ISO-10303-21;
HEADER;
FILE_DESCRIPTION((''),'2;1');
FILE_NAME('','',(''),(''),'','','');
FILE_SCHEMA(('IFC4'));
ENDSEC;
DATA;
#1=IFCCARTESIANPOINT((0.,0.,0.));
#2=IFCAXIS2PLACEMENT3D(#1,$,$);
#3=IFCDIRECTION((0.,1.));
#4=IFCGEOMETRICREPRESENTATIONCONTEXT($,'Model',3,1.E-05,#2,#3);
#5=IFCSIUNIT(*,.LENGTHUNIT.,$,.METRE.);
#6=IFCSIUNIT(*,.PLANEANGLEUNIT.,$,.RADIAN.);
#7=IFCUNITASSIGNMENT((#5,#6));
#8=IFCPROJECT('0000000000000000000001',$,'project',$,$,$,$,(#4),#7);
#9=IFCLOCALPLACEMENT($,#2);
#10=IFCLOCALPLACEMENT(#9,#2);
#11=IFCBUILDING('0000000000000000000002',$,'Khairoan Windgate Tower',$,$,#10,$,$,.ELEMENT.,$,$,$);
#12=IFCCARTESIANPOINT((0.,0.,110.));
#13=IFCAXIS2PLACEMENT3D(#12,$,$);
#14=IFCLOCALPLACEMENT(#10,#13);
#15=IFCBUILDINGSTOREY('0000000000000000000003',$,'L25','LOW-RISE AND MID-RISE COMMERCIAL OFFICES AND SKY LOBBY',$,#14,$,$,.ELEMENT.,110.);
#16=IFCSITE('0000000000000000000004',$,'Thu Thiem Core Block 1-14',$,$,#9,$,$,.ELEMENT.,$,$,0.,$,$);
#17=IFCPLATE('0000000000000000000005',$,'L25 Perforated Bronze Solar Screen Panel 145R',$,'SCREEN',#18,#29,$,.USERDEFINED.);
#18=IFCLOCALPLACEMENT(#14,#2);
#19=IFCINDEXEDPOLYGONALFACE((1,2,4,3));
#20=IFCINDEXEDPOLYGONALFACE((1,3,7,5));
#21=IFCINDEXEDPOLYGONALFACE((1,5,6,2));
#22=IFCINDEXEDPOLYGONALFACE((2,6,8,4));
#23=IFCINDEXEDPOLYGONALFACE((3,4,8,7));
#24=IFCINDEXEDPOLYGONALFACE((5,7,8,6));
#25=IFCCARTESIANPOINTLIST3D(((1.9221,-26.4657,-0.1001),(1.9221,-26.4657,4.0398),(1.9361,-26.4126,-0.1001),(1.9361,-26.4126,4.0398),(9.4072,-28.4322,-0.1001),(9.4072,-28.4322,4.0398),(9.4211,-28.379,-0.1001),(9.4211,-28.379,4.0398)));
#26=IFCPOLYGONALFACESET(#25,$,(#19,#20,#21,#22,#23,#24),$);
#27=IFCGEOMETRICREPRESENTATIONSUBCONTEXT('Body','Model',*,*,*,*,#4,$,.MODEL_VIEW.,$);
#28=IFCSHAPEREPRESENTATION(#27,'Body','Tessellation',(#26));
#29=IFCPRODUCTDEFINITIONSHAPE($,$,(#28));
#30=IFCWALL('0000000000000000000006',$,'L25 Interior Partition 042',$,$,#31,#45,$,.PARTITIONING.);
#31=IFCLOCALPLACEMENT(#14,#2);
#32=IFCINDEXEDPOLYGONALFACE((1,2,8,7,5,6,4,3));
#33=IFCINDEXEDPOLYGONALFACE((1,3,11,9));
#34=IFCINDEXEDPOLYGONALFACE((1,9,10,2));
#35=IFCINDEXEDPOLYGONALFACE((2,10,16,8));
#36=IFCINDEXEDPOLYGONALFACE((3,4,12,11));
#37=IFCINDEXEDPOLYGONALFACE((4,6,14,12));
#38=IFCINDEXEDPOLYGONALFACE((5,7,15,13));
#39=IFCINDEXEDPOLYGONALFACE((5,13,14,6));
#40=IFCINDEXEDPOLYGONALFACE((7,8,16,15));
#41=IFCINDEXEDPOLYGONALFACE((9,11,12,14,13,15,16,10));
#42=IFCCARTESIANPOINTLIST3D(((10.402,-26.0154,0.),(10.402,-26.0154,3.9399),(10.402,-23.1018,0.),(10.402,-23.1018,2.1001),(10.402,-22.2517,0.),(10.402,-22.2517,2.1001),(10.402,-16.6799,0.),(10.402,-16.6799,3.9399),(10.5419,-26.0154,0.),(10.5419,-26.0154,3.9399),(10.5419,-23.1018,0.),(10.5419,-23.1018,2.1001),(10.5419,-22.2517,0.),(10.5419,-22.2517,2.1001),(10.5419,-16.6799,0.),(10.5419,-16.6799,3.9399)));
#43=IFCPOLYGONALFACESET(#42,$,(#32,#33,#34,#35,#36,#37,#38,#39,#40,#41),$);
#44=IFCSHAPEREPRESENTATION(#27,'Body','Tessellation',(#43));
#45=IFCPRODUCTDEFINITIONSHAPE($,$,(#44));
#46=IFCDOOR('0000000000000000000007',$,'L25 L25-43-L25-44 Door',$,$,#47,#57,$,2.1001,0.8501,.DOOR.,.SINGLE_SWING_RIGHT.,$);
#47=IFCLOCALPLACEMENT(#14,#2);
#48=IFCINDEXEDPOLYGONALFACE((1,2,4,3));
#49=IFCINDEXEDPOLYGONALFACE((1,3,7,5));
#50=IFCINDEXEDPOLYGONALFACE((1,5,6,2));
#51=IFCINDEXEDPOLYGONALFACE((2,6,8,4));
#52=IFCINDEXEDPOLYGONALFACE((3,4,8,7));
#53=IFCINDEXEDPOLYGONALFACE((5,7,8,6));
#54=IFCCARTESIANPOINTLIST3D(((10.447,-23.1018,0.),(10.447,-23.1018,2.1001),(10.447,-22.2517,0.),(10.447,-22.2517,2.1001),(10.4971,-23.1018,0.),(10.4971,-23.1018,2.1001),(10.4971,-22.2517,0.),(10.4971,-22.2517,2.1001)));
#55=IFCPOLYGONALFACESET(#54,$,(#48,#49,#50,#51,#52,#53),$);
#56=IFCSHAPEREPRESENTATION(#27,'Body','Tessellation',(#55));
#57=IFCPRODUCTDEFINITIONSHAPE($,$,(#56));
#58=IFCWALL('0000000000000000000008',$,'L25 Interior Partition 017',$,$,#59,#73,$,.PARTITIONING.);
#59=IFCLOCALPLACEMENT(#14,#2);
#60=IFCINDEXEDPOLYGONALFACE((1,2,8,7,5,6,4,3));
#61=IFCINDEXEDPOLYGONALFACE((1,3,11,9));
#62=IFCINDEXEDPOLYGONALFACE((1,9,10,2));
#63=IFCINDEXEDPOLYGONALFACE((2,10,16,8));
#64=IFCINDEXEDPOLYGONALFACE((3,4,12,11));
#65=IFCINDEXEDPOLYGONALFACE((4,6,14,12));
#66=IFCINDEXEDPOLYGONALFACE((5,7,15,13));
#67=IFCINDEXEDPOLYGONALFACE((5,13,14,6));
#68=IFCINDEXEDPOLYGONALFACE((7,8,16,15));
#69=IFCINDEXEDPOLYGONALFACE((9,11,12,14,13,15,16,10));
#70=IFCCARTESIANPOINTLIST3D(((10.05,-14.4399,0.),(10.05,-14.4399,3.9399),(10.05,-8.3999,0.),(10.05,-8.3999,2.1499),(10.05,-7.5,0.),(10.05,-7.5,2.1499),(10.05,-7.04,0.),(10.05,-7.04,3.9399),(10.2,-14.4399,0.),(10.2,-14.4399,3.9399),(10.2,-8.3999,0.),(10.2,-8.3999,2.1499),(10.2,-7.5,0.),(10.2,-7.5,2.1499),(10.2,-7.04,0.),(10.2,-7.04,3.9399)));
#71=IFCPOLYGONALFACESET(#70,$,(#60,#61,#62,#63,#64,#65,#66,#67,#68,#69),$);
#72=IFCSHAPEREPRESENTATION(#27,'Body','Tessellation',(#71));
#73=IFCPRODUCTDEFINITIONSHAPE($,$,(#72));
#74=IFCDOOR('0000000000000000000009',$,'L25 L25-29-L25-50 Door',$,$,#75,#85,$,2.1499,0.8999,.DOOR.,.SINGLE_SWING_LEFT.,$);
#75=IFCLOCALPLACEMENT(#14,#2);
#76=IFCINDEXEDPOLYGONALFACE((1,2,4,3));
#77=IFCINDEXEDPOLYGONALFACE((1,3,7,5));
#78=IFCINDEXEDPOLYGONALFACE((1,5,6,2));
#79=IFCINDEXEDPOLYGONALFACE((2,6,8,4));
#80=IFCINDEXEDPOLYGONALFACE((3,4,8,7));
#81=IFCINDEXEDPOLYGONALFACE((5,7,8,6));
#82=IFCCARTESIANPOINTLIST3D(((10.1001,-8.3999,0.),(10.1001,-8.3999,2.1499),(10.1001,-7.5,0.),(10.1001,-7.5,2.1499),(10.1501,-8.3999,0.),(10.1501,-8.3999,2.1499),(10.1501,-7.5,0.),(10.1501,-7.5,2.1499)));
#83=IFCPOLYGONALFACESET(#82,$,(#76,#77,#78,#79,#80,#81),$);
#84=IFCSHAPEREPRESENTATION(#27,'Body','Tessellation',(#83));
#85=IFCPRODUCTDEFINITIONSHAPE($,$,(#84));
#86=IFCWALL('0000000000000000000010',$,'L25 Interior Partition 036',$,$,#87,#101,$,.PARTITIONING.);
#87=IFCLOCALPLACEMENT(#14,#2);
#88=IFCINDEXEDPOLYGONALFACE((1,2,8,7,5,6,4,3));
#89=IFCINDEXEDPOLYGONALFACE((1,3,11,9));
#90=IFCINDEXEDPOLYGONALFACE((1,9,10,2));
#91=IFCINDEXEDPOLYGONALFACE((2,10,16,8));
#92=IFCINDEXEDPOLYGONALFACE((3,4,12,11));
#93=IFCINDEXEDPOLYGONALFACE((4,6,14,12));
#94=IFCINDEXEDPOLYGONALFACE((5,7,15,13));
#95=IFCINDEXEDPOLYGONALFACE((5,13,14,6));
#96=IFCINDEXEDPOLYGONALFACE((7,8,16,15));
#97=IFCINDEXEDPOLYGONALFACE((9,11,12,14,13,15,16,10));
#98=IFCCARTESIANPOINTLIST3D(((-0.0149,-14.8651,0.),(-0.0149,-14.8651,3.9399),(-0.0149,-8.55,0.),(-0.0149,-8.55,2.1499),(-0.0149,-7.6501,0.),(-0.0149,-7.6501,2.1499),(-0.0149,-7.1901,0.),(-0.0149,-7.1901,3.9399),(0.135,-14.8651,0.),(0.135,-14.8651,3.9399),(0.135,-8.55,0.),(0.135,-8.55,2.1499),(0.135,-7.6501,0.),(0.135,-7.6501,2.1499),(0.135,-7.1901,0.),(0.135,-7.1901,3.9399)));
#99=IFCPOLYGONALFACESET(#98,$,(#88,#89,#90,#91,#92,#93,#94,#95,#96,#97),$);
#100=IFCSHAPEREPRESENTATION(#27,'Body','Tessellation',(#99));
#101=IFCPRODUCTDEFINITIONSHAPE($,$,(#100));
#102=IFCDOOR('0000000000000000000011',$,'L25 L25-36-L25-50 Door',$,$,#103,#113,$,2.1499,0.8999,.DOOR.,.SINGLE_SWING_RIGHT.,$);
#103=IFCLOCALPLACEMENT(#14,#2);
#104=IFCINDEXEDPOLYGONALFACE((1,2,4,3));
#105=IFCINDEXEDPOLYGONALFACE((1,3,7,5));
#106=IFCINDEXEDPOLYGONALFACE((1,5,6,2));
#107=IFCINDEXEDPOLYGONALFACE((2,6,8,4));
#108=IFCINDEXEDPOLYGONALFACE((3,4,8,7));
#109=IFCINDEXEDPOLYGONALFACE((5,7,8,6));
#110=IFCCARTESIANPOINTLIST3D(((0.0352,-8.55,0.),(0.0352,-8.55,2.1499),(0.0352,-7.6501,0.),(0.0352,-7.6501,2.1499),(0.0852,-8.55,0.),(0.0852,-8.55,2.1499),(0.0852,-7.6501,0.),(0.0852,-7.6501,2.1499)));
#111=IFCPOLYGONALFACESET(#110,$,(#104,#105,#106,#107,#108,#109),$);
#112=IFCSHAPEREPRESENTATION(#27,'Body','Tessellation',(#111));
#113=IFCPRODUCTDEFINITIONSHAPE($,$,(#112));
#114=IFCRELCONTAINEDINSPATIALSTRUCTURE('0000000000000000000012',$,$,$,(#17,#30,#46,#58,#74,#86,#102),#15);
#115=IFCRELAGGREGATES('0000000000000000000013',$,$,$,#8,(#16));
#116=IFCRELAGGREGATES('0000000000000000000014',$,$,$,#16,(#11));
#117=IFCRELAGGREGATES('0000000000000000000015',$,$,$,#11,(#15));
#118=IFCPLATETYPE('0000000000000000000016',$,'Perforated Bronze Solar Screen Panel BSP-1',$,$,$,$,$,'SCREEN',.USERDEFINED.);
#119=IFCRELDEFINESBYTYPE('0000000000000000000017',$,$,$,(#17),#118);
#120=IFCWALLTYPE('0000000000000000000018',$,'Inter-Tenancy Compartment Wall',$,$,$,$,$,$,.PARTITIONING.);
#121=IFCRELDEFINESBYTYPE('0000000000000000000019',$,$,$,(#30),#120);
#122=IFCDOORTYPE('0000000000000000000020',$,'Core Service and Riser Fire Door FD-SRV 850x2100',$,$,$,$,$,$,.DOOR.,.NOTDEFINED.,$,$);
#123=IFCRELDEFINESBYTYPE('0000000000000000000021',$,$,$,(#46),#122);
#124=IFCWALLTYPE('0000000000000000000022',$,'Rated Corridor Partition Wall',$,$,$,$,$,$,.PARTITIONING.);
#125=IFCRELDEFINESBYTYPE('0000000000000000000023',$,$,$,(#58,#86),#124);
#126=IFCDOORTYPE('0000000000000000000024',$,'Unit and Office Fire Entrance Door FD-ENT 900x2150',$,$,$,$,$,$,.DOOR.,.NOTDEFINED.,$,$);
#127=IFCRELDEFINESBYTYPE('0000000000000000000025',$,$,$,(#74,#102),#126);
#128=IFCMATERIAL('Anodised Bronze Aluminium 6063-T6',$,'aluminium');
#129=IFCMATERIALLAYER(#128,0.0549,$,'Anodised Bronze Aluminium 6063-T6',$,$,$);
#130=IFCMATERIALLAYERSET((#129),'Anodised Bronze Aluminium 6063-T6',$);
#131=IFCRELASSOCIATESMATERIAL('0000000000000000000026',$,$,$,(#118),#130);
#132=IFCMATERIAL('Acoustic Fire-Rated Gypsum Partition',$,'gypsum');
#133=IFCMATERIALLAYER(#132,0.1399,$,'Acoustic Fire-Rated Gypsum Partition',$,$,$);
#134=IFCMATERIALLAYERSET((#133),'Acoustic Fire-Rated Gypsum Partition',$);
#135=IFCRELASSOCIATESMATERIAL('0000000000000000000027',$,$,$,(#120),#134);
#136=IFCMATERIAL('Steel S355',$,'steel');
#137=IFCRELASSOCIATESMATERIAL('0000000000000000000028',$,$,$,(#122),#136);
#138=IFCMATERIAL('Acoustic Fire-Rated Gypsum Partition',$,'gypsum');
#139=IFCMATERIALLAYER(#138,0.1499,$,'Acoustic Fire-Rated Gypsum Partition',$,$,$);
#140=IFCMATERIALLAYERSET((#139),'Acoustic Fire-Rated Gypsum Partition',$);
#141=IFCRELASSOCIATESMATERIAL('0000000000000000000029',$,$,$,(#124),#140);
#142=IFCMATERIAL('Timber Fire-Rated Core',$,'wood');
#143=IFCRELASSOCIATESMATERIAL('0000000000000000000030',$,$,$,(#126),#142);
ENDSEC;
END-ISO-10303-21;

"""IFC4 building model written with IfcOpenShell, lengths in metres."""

from ifc_helpers import new_model, si_unit, direction, frame, frame_2d, origin, origin_2d, place, context, subcontext, project, spatial, rectangle, extrude, material, layer, layer_set, type_object, element, fill, save


model = new_model("IFC4")

# Units and contexts
model_context = context("Model", 3, precision=1e-05, world=origin(), true_north=direction((0.0, 1.0)))
body_context = subcontext(model_context, "Body", "Model", "MODEL_VIEW")
ifc_project = project(units=[si_unit("LENGTHUNIT", "METRE"), si_unit("PLANEANGLEUNIT", "RADIAN")], contexts=[model_context])

# Site, building, storey
site_placement = place(None, origin())
site = spatial("IfcSite", under=ifc_project, at=site_placement, Name="Thu Thiem Core Block 1-14", CompositionType="ELEMENT", RefElevation=0.0)
building_placement = place(site_placement, origin())
building = spatial("IfcBuilding", under=site, at=building_placement, Name="Khairoan Windgate Tower", CompositionType="ELEMENT")
storey_placement = place(building_placement, frame((0.0, 0.0, 110.0)))
storey = spatial("IfcBuildingStorey", under=building, at=storey_placement, Name="L25", Description="LOW-RISE AND MID-RISE COMMERCIAL OFFICES AND SKY LOBBY", CompositionType="ELEMENT", Elevation=110.0)

# Plate
ifc_material_1 = material(Name="Anodised Bronze Aluminium 6063-T6", Category="aluminium")
ifc_layer_1 = layer(ifc_material_1, 0.0549, Name="Anodised Bronze Aluminium 6063-T6")
ifc_layer_set_1 = layer_set([ifc_layer_1], Name="Anodised Bronze Aluminium 6063-T6")
plate_type = type_object("IfcPlateType", Name="Perforated Bronze Solar Screen Panel BSP-1", ElementType="SCREEN", PredefinedType="USERDEFINED", material=ifc_layer_set_1)
plate_placement = place(storey_placement, frame((5.6716, -27.4224, -0.1001), z_axis=(0.0, 0.0, 1.0), x_axis=(-0.967179, 0.254096, 0.0)))
element("IfcPlate", 1, at=plate_placement, inside=storey, type_object=plate_type, Name="L25 Perforated Bronze Solar Screen Panel 145R", ObjectType="SCREEN", PredefinedType="USERDEFINED", context=body_context, shape_type="SweptSolid", body=[
    extrude(rectangle(XDim=7.739, YDim=0.0549, at=origin_2d()), origin(), (0.0, 0.0, 1.0), 4.1399),
])

# Walls, openings, doors
ifc_material_2 = material(Name="Acoustic Fire-Rated Gypsum Partition", Category="gypsum")
ifc_layer_2 = layer(ifc_material_2, 0.1399, Name="Acoustic Fire-Rated Gypsum Partition")
ifc_layer_set_2 = layer_set([ifc_layer_2], Name="Acoustic Fire-Rated Gypsum Partition")
wall_type_1 = type_object("IfcWallType", Name="Inter-Tenancy Compartment Wall", PredefinedType="PARTITIONING", material=ifc_layer_set_2)
wall_1_placement = place(storey_placement, frame((10.4719, -26.0154, 0.0), z_axis=(0.0, 0.0, 1.0), x_axis=(0.0, 1.0, 0.0)))
wall_1 = element("IfcWall", 2, at=wall_1_placement, inside=storey, type_object=wall_type_1, Name="L25 Interior Partition 042", PredefinedType="PARTITIONING", context=body_context, shape_type="SweptSolid", body=[
    extrude(rectangle(XDim=9.3354, YDim=0.1399, at=frame_2d((4.6677, 0.0))), origin(), (0.0, 0.0, 1.0), 3.9399),
])
opening_1_placement = place(wall_1_placement, frame((2.9136, 0.0, 0.0)))
opening_1 = element("IfcOpeningElement", 3, at=opening_1_placement, cuts=wall_1, PredefinedType="OPENING", context=body_context, shape_type="SweptSolid", body=[
    extrude(rectangle(XDim=0.8501, YDim=2.1001, at=frame_2d((0.425, 1.05))), frame((0.0, 0.0798, 0.0), z_axis=(0.0, -1.0, 0.0), x_axis=(1.0, 0.0, 0.0)), (0.0, 0.0, 1.0), 0.1599),
])
ifc_material_3 = material(Name="Steel S355", Category="steel")
door_type_1 = type_object("IfcDoorType", Name="Core Service and Riser Fire Door FD-SRV 850x2100", OperationType="NOTDEFINED", PredefinedType="DOOR", material=ifc_material_3)
door_1_placement = place(opening_1_placement, origin())
door_1 = element("IfcDoor", 4, at=door_1_placement, inside=storey, type_object=door_type_1, Name="L25 L25-43-L25-44 Door", OperationType="SINGLE_SWING_RIGHT", OverallHeight=2.1001, OverallWidth=0.8501, PredefinedType="DOOR", context=body_context, shape_type="SweptSolid", body=[
    extrude(rectangle(XDim=0.8501, YDim=2.1001, at=frame_2d((0.425, 1.05))), frame((0.0, 0.0249, 0.0), z_axis=(0.0, -1.0, 0.0), x_axis=(1.0, 0.0, 0.0)), (0.0, 0.0, 1.0), 0.05),
])
fill(opening_1, door_1)
ifc_material_4 = material(Name="Acoustic Fire-Rated Gypsum Partition", Category="gypsum")
ifc_layer_3 = layer(ifc_material_4, 0.1499, Name="Acoustic Fire-Rated Gypsum Partition")
ifc_layer_set_3 = layer_set([ifc_layer_3], Name="Acoustic Fire-Rated Gypsum Partition")
wall_type_2 = type_object("IfcWallType", Name="Rated Corridor Partition Wall", PredefinedType="PARTITIONING", material=ifc_layer_set_3)
wall_2_placement = place(storey_placement, frame((10.125, -14.4399, 0.0), z_axis=(0.0, 0.0, 1.0), x_axis=(0.0, 1.0, 0.0)))
wall_2 = element("IfcWall", 5, at=wall_2_placement, inside=storey, type_object=wall_type_2, Name="L25 Interior Partition 017", PredefinedType="PARTITIONING", context=body_context, shape_type="SweptSolid", body=[
    extrude(rectangle(XDim=7.3999, YDim=0.1499, at=frame_2d((3.7, 0.0))), origin(), (0.0, 0.0, 1.0), 3.9399),
])
opening_2_placement = place(wall_2_placement, frame((6.04, 0.0, 0.0)))
opening_2 = element("IfcOpeningElement", 6, at=opening_2_placement, cuts=wall_2, PredefinedType="OPENING", context=body_context, shape_type="SweptSolid", body=[
    extrude(rectangle(XDim=0.8999, YDim=2.1499, at=frame_2d((0.45, 1.075))), frame((0.0, 0.085, 0.0), z_axis=(0.0, -1.0, 0.0), x_axis=(1.0, 0.0, 0.0)), (0.0, 0.0, 1.0), 0.1699),
])
ifc_material_5 = material(Name="Timber Fire-Rated Core", Category="wood")
door_type_2 = type_object("IfcDoorType", Name="Unit and Office Fire Entrance Door FD-ENT 900x2150", OperationType="NOTDEFINED", PredefinedType="DOOR", material=ifc_material_5)
door_2_placement = place(opening_2_placement, origin())
door_2 = element("IfcDoor", 7, at=door_2_placement, inside=storey, type_object=door_type_2, Name="L25 L25-29-L25-50 Door", OperationType="SINGLE_SWING_LEFT", OverallHeight=2.1499, OverallWidth=0.8999, PredefinedType="DOOR", context=body_context, shape_type="SweptSolid", body=[
    extrude(rectangle(XDim=0.8999, YDim=2.1499, at=frame_2d((0.45, 1.075))), frame((0.0, 0.0249, 0.0), z_axis=(0.0, -1.0, 0.0), x_axis=(1.0, 0.0, 0.0)), (0.0, 0.0, 1.0), 0.05),
])
fill(opening_2, door_2)
wall_3_placement = place(storey_placement, frame((0.0601, -14.865, 0.0), z_axis=(0.0, 0.0, 1.0), x_axis=(0.0, 1.0, 0.0)))
wall_3 = element("IfcWall", 8, at=wall_3_placement, inside=storey, type_object=wall_type_2, Name="L25 Interior Partition 036", PredefinedType="PARTITIONING", context=body_context, shape_type="SweptSolid", body=[
    extrude(rectangle(XDim=7.675, YDim=0.1499, at=frame_2d((3.8374, 0.0))), origin(), (0.0, 0.0, 1.0), 3.9399),
])
opening_3_placement = place(wall_3_placement, frame((6.3149, 0.0, 0.0)))
opening_3 = element("IfcOpeningElement", 9, at=opening_3_placement, cuts=wall_3, PredefinedType="OPENING", context=body_context, shape_type="SweptSolid", body=[
    extrude(rectangle(XDim=0.8999, YDim=2.1499, at=frame_2d((0.45, 1.075))), frame((0.0, 0.085, 0.0), z_axis=(0.0, -1.0, 0.0), x_axis=(1.0, 0.0, 0.0)), (0.0, 0.0, 1.0), 0.1699),
])
door_3_placement = place(opening_3_placement, origin())
door_3 = element("IfcDoor", 10, at=door_3_placement, inside=storey, type_object=door_type_2, Name="L25 L25-36-L25-50 Door", OperationType="SINGLE_SWING_RIGHT", OverallHeight=2.1499, OverallWidth=0.8999, PredefinedType="DOOR", context=body_context, shape_type="SweptSolid", body=[
    extrude(rectangle(XDim=0.8999, YDim=2.1499, at=frame_2d((0.45, 1.075))), frame((0.0, 0.0249, 0.0), z_axis=(0.0, -1.0, 0.0), x_axis=(1.0, 0.0, 0.0)), (0.0, 0.0, 1.0), 0.05),
])
fill(opening_3, door_3)

save(model, "model.ifc")
